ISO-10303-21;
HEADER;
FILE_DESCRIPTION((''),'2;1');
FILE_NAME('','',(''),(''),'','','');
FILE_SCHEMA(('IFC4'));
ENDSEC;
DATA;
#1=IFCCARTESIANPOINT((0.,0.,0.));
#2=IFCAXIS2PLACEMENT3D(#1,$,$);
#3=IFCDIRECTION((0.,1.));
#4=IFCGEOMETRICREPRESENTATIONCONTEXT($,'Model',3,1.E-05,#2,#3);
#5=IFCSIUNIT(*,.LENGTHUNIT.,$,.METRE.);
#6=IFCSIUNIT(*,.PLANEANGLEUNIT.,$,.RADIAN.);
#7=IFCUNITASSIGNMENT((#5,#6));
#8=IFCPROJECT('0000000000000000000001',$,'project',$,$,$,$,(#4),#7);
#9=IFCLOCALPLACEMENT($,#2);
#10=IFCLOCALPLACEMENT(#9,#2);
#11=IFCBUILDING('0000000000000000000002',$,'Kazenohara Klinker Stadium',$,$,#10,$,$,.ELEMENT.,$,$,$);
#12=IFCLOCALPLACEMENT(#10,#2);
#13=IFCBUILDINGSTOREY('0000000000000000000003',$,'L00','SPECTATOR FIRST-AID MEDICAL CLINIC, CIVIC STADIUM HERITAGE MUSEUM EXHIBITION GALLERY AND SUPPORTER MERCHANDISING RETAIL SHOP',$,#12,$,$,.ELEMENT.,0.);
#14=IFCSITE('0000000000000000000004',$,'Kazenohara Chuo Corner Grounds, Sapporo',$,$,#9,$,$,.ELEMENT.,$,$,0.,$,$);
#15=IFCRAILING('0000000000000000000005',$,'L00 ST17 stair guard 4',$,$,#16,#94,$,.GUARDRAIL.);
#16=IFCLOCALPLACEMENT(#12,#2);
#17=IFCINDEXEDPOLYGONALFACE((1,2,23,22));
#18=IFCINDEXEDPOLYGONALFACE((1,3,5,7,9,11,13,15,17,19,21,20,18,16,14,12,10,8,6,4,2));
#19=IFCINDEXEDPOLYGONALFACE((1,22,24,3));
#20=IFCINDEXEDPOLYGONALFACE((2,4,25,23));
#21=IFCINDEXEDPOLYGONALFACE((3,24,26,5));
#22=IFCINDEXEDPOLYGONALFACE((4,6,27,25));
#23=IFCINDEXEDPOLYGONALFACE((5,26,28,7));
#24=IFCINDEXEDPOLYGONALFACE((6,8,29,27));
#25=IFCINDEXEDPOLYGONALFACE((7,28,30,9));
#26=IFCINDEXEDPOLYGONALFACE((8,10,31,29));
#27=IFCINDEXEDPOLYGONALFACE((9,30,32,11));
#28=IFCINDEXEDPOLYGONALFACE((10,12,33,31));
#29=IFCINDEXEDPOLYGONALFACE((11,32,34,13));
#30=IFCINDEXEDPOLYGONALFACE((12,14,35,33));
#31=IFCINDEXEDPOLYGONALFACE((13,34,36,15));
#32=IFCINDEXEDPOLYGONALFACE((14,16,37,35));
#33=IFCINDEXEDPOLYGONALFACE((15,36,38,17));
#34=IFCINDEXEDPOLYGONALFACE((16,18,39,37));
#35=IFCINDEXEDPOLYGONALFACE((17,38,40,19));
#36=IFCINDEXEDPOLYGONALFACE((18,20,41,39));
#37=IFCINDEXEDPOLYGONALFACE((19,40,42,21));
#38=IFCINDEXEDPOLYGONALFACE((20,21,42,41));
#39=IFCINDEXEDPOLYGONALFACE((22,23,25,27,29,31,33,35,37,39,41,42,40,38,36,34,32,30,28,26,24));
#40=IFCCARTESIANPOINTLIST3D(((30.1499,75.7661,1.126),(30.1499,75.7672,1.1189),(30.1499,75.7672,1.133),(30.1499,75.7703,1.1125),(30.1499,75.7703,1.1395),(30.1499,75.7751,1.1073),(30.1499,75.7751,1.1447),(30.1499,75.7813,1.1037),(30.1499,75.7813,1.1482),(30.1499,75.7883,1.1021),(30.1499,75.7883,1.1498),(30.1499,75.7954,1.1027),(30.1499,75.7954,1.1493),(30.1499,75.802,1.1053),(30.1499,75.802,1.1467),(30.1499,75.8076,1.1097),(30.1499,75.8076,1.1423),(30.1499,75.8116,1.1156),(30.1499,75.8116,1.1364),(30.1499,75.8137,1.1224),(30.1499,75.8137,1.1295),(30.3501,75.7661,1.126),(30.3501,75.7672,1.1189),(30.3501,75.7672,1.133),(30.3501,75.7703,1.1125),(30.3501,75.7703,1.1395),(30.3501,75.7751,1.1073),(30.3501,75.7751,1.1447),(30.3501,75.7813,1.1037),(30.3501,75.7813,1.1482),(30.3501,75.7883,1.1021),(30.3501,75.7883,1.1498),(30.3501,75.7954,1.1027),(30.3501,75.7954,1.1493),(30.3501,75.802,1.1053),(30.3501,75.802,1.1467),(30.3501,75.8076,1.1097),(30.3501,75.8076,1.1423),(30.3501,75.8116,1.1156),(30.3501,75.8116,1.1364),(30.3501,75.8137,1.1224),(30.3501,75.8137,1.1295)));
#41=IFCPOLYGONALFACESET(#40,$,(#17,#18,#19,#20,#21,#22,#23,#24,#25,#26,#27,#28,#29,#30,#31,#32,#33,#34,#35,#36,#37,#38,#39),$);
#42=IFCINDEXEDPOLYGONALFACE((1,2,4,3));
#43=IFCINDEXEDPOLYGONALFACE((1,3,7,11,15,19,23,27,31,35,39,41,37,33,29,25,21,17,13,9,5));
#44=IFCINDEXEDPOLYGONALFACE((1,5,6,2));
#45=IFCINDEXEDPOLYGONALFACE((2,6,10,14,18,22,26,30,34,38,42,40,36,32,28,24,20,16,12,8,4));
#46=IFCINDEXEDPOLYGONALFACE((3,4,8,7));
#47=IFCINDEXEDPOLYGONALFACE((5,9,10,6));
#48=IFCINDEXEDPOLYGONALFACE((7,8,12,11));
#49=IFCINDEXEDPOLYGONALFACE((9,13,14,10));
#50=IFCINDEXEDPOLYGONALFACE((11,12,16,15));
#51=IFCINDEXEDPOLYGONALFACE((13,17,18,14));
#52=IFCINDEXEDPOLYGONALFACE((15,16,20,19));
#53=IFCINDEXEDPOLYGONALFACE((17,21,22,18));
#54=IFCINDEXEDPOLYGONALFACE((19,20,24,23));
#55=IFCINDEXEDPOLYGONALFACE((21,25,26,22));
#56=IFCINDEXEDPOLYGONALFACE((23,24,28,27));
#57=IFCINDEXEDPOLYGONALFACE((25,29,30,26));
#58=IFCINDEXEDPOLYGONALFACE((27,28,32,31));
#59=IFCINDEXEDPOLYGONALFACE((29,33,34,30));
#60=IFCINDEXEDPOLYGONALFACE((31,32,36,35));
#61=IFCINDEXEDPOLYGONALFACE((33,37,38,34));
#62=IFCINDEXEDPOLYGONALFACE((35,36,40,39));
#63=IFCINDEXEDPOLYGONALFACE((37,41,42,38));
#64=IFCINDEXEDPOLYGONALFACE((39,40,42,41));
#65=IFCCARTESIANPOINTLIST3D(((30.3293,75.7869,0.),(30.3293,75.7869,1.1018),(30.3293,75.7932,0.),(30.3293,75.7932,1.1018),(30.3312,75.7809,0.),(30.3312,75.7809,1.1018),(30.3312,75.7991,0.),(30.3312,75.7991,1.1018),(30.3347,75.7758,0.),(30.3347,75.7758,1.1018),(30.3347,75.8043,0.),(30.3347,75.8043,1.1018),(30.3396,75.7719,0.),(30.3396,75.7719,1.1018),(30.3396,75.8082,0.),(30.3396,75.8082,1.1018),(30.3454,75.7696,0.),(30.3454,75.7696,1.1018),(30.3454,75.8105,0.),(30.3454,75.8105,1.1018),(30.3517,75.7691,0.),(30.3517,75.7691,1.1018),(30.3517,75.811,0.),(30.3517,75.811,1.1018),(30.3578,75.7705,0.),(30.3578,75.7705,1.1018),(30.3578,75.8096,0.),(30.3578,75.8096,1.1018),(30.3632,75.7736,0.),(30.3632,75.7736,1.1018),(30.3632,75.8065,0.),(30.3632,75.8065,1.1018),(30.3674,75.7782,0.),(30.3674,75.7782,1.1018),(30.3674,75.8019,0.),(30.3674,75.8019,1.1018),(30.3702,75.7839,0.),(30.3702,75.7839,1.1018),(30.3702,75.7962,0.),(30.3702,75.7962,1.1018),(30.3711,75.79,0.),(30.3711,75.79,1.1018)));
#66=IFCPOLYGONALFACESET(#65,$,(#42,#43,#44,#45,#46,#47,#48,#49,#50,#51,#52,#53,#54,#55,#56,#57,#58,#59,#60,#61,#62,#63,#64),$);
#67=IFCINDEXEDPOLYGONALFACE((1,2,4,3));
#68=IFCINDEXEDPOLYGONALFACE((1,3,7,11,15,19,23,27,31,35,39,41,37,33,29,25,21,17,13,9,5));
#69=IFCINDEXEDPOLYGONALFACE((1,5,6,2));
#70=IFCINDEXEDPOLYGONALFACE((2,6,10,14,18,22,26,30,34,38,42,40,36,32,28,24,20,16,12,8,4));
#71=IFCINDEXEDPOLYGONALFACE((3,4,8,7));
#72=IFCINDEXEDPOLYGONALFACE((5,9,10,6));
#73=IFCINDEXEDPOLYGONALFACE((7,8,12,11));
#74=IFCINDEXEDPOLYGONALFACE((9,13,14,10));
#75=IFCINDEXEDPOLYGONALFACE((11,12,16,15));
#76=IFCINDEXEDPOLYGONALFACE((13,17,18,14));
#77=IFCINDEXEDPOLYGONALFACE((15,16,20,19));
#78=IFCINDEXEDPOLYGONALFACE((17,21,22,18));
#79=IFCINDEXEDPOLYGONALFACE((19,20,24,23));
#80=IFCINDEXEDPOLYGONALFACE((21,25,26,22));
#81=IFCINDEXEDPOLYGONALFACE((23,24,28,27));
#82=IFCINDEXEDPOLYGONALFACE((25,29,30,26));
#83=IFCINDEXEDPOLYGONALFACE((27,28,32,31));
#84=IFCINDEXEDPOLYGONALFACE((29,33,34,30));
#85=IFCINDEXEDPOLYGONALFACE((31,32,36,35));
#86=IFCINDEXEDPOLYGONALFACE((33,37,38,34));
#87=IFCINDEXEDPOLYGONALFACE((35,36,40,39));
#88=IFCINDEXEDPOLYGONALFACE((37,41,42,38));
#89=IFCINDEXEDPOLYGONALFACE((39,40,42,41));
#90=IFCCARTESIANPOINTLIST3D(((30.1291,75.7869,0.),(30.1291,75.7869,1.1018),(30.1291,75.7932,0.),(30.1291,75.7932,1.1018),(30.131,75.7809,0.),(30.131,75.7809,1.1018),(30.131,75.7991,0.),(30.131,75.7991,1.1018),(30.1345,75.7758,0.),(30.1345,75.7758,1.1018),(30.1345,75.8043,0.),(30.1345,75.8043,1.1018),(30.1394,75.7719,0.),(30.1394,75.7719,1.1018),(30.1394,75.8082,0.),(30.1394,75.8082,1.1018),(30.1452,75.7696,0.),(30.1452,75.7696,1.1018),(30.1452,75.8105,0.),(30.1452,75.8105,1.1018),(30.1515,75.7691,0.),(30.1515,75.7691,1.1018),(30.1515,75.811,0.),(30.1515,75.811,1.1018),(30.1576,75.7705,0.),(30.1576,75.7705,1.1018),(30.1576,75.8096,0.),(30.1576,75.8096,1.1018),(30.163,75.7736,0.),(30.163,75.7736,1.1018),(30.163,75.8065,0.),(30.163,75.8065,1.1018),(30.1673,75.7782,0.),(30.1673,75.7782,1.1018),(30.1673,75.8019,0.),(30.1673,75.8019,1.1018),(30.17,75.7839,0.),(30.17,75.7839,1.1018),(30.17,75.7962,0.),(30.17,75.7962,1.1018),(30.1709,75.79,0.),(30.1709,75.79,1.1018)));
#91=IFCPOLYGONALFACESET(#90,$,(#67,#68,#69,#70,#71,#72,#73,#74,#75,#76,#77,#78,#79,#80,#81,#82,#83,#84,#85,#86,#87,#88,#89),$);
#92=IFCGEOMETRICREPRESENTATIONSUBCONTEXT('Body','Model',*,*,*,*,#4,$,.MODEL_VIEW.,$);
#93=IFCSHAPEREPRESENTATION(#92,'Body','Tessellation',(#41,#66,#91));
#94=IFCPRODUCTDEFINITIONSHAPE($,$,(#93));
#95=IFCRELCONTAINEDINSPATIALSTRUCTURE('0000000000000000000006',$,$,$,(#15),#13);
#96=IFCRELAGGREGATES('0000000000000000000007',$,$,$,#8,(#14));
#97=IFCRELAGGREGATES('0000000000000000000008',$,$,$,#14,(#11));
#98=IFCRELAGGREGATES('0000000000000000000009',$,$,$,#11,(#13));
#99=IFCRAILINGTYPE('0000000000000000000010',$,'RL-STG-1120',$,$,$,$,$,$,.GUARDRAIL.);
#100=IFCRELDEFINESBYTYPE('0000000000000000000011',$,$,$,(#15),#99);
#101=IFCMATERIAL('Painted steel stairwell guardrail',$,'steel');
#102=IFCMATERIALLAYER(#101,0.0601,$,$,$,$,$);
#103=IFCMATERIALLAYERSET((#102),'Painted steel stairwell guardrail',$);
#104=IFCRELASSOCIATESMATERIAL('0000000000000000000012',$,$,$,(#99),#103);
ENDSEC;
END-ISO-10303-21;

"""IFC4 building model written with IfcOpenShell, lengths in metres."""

from ifc_helpers import new_model, si_unit, direction, frame, origin, origin_2d, place, context, subcontext, project, spatial, circle, extrude, material, layer, layer_set, type_object, element, save


model = new_model("IFC4")

# Units and contexts
model_context = context("Model", 3, precision=1e-05, world=origin(), true_north=direction((0.0, 1.0)))
body_context = subcontext(model_context, "Body", "Model", "MODEL_VIEW")
ifc_project = project(units=[si_unit("LENGTHUNIT", "METRE"), si_unit("PLANEANGLEUNIT", "RADIAN")], contexts=[model_context])

# Site, building, storey
site_placement = place(None, origin())
site = spatial("IfcSite", under=ifc_project, at=site_placement, Name="Kazenohara Chuo Corner Grounds, Sapporo", CompositionType="ELEMENT", RefElevation=0.0)
building_placement = place(site_placement, origin())
building = spatial("IfcBuilding", under=site, at=building_placement, Name="Kazenohara Klinker Stadium", CompositionType="ELEMENT")
storey_placement = place(building_placement, origin())
storey = spatial("IfcBuildingStorey", under=building, at=storey_placement, Name="L00", Description="SPECTATOR FIRST-AID MEDICAL CLINIC, CIVIC STADIUM HERITAGE MUSEUM EXHIBITION GALLERY AND SUPPORTER MERCHANDISING RETAIL SHOP", CompositionType="ELEMENT", Elevation=0.0)

# Railing
ifc_material_1 = material(Name="Painted steel stairwell guardrail", Category="steel")
ifc_layer_1 = layer(ifc_material_1, 0.0601)
ifc_layer_set_1 = layer_set([ifc_layer_1], Name="Painted steel stairwell guardrail")
railing_type_1 = type_object("IfcRailingType", Name="RL-STG-1120", PredefinedType="GUARDRAIL", material=ifc_layer_set_1)
railing_1_placement = place(storey_placement, frame((30.3501, 75.79, 0.0)))
element("IfcRailing", 1, at=railing_1_placement, inside=storey, type_object=railing_type_1, Name="L00 ST17 stair guard 4", PredefinedType="GUARDRAIL", context=body_context, shape_type="SweptSolid", body=[
    extrude(circle(Radius=0.0239, at=origin_2d()), frame((0.0, 0.0, 1.126), z_axis=(-1.0, 0.0, 0.0), x_axis=(0.0, -1.0, 0.0)), (0.0, 0.0, 1.0), 0.2002),
    extrude(circle(Radius=0.021, at=origin_2d()), origin(), (0.0, 0.0, 1.0), 1.1018),
    extrude(circle(Radius=0.021, at=origin_2d()), frame((-0.2002, 0.0, 0.0)), (0.0, 0.0, 1.0), 1.1018),
])

save(model, "model.ifc")
